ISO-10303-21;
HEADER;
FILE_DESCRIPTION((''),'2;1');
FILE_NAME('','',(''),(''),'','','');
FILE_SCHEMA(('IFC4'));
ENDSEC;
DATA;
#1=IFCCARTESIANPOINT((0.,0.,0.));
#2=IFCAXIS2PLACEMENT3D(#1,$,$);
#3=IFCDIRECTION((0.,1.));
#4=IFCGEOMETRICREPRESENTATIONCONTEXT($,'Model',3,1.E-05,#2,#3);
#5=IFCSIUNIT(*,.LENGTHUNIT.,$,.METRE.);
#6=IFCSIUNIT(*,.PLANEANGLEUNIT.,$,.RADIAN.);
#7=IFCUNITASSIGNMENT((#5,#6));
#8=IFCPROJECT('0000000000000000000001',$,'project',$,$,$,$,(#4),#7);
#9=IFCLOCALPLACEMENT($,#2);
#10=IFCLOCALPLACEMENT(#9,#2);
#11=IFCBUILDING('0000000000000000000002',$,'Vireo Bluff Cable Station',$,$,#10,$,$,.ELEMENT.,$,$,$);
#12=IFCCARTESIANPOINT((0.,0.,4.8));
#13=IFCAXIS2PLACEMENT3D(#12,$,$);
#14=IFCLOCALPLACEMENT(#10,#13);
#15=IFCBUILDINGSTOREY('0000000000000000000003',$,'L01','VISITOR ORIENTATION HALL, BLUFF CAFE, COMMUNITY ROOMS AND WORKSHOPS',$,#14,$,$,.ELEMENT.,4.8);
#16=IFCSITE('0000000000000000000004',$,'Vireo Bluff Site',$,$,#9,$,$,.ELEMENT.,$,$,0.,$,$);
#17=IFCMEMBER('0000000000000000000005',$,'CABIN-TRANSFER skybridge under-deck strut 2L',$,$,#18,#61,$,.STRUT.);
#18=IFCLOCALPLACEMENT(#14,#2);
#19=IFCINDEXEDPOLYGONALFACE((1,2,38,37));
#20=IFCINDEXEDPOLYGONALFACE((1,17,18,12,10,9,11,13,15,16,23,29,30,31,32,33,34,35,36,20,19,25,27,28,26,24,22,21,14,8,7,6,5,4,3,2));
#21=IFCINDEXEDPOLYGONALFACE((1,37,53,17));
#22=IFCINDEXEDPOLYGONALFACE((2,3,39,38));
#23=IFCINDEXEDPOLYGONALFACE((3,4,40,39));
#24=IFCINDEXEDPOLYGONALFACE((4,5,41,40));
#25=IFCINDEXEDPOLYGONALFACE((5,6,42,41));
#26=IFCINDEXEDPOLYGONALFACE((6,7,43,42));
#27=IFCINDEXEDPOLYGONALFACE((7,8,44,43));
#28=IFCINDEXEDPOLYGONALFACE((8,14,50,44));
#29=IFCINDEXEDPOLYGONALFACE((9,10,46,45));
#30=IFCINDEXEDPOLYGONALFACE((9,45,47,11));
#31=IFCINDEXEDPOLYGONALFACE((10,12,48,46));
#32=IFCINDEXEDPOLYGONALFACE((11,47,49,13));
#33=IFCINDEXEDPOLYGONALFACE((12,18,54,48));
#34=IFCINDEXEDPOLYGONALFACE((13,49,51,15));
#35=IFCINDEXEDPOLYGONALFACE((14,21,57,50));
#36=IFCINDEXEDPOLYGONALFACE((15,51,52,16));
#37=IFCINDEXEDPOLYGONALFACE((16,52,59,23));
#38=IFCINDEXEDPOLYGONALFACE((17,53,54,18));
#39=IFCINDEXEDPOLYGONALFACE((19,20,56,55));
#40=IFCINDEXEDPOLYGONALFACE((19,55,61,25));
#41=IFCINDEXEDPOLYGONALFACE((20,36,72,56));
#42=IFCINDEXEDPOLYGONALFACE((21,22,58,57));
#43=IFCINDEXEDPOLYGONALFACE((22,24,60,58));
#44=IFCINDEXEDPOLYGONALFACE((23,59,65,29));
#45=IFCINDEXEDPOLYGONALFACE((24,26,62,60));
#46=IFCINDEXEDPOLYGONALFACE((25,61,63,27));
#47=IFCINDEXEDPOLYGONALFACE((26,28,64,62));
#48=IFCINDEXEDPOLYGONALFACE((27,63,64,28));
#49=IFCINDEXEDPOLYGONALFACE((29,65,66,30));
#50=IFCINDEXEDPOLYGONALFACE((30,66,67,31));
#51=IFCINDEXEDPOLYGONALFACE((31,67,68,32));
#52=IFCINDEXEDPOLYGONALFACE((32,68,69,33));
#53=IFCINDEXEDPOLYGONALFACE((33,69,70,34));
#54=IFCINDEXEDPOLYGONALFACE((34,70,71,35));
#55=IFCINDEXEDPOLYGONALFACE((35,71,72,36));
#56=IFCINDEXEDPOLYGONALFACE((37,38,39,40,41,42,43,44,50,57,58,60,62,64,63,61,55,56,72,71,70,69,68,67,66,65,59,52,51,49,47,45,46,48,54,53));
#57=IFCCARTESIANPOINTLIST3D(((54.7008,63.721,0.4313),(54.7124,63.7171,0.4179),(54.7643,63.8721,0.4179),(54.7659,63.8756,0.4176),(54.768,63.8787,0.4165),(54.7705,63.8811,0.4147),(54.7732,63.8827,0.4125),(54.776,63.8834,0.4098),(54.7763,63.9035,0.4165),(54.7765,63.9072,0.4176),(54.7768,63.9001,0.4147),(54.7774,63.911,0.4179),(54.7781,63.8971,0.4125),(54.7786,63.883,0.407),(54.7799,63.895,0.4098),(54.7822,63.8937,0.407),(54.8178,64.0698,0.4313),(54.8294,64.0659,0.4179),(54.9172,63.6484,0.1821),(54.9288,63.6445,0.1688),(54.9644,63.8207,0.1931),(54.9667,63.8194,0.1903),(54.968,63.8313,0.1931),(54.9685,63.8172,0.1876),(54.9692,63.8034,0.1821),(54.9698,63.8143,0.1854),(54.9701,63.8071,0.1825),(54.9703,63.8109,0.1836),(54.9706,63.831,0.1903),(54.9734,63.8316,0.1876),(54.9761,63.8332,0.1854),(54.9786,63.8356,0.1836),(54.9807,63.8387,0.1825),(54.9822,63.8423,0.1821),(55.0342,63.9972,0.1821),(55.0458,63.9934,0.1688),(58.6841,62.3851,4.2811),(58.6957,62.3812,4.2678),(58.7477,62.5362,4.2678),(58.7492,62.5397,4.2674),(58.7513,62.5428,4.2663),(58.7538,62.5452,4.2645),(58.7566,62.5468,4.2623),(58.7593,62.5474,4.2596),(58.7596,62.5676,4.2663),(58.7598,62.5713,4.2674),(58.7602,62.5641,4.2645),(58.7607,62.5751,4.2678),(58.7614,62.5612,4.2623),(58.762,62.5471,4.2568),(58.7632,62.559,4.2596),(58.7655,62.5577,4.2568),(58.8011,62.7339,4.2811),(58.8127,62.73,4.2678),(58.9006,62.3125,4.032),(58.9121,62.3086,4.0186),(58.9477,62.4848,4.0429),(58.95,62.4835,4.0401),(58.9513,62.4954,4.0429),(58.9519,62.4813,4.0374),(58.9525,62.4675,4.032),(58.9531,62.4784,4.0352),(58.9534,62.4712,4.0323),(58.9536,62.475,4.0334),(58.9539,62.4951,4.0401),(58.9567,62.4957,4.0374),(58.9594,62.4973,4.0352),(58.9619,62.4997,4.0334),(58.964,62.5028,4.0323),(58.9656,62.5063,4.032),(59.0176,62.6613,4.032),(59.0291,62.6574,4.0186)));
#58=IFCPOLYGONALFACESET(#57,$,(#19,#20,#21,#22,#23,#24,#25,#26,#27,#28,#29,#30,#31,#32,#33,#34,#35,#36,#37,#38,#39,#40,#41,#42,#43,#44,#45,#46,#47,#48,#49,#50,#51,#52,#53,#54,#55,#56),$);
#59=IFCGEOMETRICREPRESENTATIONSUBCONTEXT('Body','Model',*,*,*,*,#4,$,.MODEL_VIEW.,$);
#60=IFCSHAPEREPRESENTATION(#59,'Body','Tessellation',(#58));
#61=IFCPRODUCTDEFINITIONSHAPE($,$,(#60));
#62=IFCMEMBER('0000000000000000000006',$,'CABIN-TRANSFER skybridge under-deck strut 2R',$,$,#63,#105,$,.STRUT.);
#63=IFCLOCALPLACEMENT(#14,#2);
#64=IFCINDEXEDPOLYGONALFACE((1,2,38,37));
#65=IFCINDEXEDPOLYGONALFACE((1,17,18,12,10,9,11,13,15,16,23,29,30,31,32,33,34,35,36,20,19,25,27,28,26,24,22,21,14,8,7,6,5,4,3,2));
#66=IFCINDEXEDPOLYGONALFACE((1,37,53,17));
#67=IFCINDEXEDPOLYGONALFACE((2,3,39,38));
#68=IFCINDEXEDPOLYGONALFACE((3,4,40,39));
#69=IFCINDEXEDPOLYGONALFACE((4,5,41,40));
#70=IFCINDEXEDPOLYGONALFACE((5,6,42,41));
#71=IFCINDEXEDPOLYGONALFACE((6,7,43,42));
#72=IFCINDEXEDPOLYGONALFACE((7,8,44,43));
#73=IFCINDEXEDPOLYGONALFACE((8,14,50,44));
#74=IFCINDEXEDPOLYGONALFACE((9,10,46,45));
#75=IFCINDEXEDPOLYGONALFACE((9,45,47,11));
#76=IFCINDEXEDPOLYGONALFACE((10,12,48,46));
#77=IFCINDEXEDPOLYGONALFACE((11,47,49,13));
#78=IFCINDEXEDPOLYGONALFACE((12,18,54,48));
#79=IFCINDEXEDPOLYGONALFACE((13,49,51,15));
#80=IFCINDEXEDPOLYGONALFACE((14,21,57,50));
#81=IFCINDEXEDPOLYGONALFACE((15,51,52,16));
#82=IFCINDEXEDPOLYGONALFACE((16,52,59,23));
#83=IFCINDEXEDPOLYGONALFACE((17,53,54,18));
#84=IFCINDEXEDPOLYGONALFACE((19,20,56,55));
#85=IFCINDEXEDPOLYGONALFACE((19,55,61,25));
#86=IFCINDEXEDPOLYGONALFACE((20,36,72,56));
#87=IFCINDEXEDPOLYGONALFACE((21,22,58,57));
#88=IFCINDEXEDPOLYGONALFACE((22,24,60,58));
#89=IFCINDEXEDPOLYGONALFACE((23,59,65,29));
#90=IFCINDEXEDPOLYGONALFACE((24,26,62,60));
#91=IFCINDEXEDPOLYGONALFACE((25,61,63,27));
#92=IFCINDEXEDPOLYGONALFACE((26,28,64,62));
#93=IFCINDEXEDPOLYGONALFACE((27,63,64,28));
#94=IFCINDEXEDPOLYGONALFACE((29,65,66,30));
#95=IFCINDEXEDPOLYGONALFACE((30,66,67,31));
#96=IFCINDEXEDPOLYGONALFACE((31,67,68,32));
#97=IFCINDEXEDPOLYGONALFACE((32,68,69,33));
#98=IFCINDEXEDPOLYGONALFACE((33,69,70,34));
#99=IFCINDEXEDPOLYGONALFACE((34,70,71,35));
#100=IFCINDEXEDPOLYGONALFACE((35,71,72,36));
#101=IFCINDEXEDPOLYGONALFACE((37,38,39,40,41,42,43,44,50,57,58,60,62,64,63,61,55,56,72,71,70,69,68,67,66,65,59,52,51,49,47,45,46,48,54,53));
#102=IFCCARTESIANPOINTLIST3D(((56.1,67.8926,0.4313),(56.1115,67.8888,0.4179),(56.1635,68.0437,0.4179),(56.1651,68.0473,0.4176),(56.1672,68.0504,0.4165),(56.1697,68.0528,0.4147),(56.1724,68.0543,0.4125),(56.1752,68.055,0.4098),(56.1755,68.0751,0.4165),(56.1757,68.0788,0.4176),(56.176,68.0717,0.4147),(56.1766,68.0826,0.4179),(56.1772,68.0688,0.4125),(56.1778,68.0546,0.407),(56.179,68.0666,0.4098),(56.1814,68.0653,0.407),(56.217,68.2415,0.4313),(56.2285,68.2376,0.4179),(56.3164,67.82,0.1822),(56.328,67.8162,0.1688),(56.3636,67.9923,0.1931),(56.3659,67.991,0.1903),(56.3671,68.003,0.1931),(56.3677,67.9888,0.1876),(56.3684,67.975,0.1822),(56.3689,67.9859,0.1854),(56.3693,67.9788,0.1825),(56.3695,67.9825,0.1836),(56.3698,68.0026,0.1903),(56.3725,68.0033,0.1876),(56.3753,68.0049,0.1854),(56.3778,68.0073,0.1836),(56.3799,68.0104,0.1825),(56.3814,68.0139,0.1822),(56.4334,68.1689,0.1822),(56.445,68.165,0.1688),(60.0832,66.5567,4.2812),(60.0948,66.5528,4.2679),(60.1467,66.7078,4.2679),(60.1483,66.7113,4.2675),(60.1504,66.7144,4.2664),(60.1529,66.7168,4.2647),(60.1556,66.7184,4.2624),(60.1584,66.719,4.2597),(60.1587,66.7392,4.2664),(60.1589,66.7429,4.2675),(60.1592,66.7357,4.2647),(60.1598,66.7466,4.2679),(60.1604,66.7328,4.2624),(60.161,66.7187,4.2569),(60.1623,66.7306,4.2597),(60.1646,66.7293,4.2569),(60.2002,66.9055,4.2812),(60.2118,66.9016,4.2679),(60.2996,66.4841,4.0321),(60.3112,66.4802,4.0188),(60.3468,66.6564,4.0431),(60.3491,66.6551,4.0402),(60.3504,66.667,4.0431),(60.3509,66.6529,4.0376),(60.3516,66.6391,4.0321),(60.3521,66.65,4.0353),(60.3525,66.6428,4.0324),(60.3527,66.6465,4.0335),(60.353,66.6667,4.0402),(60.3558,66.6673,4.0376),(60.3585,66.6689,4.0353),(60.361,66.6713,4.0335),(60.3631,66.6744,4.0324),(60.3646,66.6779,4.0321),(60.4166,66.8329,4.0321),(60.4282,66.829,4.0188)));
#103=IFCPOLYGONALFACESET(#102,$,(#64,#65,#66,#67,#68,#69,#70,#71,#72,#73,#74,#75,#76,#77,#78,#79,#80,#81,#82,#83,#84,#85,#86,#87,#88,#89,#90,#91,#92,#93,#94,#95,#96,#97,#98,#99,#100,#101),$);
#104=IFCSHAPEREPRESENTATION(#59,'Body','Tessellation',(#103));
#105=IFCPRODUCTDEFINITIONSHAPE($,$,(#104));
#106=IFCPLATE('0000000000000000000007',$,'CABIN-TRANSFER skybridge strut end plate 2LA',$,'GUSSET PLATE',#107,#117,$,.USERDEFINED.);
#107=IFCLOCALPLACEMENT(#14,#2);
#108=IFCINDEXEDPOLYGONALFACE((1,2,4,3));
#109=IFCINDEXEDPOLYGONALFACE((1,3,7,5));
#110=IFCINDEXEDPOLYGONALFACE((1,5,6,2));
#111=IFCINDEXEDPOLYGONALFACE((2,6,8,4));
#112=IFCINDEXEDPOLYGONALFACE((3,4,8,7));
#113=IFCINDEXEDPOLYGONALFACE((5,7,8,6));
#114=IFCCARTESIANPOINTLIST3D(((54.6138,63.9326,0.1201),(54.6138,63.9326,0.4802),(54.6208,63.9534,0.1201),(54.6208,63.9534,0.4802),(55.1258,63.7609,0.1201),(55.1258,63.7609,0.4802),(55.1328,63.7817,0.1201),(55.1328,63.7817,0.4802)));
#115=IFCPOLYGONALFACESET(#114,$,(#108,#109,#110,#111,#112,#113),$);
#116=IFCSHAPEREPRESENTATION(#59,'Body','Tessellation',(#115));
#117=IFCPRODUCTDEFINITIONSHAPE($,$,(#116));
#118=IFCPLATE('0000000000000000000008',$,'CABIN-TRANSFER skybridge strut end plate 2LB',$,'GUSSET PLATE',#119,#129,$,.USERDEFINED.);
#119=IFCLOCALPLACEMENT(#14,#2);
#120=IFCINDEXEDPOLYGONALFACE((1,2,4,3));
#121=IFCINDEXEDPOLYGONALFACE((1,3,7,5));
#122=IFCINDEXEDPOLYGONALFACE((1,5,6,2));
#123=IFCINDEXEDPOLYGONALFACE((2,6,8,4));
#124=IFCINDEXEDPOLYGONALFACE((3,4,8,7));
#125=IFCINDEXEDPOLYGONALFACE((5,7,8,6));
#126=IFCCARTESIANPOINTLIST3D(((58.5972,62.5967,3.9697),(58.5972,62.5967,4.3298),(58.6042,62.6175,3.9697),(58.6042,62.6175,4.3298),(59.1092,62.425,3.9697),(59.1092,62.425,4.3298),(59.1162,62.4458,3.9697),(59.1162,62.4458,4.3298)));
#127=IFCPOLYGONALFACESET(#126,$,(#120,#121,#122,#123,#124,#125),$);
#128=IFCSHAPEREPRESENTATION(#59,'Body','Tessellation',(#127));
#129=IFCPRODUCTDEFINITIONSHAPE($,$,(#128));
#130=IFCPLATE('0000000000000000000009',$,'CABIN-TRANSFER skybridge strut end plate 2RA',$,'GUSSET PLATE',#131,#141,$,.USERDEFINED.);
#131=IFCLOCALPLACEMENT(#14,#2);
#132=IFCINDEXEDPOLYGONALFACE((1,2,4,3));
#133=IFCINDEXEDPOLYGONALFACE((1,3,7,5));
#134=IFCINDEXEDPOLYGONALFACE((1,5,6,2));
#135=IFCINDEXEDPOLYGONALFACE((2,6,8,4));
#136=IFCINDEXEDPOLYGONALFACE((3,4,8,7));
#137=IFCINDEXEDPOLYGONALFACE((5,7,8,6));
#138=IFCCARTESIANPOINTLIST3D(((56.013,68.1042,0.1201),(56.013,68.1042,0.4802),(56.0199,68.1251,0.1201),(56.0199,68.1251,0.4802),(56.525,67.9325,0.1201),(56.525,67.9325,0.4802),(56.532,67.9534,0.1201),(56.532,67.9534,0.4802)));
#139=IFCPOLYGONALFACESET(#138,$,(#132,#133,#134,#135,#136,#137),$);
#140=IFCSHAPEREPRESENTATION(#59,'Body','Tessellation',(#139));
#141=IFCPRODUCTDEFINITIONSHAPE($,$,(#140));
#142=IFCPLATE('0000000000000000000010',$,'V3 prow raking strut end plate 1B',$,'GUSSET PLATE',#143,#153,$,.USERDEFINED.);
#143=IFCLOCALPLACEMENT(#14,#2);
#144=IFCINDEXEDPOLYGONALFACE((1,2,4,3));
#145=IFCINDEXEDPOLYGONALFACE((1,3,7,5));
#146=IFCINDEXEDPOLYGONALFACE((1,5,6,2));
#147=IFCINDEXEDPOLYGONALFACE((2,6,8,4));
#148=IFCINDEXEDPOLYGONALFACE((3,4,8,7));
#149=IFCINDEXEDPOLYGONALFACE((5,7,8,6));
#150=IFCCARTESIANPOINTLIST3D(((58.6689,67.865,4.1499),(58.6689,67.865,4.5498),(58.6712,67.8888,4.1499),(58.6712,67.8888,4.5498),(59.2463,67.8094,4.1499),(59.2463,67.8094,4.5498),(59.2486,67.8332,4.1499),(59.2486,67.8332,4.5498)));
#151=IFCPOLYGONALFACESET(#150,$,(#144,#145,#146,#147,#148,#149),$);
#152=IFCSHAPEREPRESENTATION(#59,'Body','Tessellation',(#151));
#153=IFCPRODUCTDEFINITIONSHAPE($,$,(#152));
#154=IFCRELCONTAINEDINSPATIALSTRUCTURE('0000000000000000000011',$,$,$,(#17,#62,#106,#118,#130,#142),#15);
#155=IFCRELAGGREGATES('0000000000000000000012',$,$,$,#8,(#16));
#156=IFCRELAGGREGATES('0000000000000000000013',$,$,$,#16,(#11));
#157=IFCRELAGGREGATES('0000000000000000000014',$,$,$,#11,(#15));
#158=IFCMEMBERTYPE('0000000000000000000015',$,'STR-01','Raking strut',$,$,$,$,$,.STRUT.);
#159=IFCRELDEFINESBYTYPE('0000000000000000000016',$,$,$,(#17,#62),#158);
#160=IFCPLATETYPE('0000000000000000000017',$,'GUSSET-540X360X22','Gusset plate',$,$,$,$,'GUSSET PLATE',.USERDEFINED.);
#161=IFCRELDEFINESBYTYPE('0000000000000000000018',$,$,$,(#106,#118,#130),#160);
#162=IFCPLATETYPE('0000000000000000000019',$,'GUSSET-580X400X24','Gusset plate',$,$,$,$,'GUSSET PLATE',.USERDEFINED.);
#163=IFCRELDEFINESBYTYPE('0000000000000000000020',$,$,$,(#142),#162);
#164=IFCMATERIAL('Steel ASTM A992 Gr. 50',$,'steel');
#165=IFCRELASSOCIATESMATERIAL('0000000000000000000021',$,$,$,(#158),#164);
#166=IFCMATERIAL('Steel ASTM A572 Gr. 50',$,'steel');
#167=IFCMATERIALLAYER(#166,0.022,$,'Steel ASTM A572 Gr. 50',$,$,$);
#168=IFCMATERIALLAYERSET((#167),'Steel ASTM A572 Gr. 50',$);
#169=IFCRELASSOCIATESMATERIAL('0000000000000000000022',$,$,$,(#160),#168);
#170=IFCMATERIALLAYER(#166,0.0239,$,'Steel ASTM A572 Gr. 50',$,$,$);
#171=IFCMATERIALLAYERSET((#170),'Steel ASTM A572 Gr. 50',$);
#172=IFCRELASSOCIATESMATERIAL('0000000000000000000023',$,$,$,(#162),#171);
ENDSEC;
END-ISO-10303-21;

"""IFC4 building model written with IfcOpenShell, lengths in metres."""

from ifc_helpers import new_model, si_unit, direction, frame, origin, origin_2d, place, context, subcontext, project, spatial, rectangle, i_section, extrude, material, layer, layer_set, material_profile, profile_set, type_object, element, save


model = new_model("IFC4")

# Units and contexts
model_context = context("Model", 3, precision=1e-05, world=origin(), true_north=direction((0.0, 1.0)))
body_context = subcontext(model_context, "Body", "Model", "MODEL_VIEW")
ifc_project = project(units=[si_unit("LENGTHUNIT", "METRE"), si_unit("PLANEANGLEUNIT", "RADIAN")], contexts=[model_context])

# Site, building, storey
site_placement = place(None, origin())
site = spatial("IfcSite", under=ifc_project, at=site_placement, Name="Vireo Bluff Site", CompositionType="ELEMENT", RefElevation=0.0)
building_placement = place(site_placement, origin())
building = spatial("IfcBuilding", under=site, at=building_placement, Name="Vireo Bluff Cable Station", CompositionType="ELEMENT")
storey_placement = place(building_placement, frame((0.0, 0.0, 4.8)))
storey = spatial("IfcBuildingStorey", under=building, at=storey_placement, Name="L01", Description="VISITOR ORIENTATION HALL, BLUFF CAFE, COMMUNITY ROOMS AND WORKSHOPS", CompositionType="ELEMENT", Elevation=4.8)

# Shared definitions
ifc_material_1 = material(Name="Steel ASTM A992 Gr. 50", Category="steel")

# Members
ifc_material_profile_1 = material_profile(ifc_material_1, i_section(OverallWidth=0.3679, OverallDepth=0.356, WebThickness=0.0112, FlangeThickness=0.0181, FilletRadius=0.0149, at=origin_2d()), Name="W14X90")
ifc_profile_set_1 = profile_set([ifc_material_profile_1], Name="Steel ASTM A992 Gr. 50")
member_type_1 = type_object("IfcMemberType", Name="STR-01", Description="Raking strut", PredefinedType="STRUT", material=ifc_profile_set_1)
for number, where, z_axis, x_axis, name in (
    (1, (54.8733, 63.8572, 0.3), (0.699019, -0.234434, 0.675584), (0.31797, 0.948101, 0.0), "CABIN-TRANSFER skybridge under-deck strut 2L"),
    (2, (56.2725, 68.0288, 0.3), (0.698997, -0.234441, 0.675604), (0.317988, 0.948095, 0.0), "CABIN-TRANSFER skybridge under-deck strut 2R"),
):
    element("IfcMember", number, at=place(storey_placement, frame(where, z_axis=z_axis, x_axis=x_axis)), inside=storey, type_object=member_type_1, Name=name, PredefinedType="STRUT", context=body_context, shape_type="SweptSolid", body=[
        extrude(i_section(OverallWidth=0.3679, OverallDepth=0.356, WebThickness=0.0112, FlangeThickness=0.0181, FilletRadius=0.0149, at=origin_2d()), origin(), (0.0, 0.0, 1.0), 5.6985),
    ])

# Plates
ifc_material_2 = material(Name="Steel ASTM A572 Gr. 50", Category="steel")
ifc_layer_1 = layer(ifc_material_2, 0.022, Name="Steel ASTM A572 Gr. 50")
ifc_layer_set_1 = layer_set([ifc_layer_1], Name="Steel ASTM A572 Gr. 50")
plate_type_1 = type_object("IfcPlateType", Name="GUSSET-540X360X22", Description="Gusset plate", ElementType="GUSSET PLATE", PredefinedType="USERDEFINED", material=ifc_layer_set_1)
for number, where, z_axis, x_axis, name in (
    (3, (54.8733, 63.8572, 0.1201), (0.0, 0.0, 1.0), (0.948105, -0.317958, 0.0), "CABIN-TRANSFER skybridge strut end plate 2LA"),
    (4, (58.8567, 62.5212, 3.9697), (0.0, 0.0, 1.0), (0.948105, -0.317958, 0.0), "CABIN-TRANSFER skybridge strut end plate 2LB"),
    (5, (56.2725, 68.0288, 0.1201), (0.0, 0.0, 1.0), (0.948105, -0.317958, 0.0), "CABIN-TRANSFER skybridge strut end plate 2RA"),
):
    element("IfcPlate", number, at=place(storey_placement, frame(where, z_axis=z_axis, x_axis=x_axis)), inside=storey, type_object=plate_type_1, Name=name, ObjectType="GUSSET PLATE", PredefinedType="USERDEFINED", context=body_context, shape_type="SweptSolid", body=[
        extrude(rectangle(XDim=0.54, YDim=0.022, at=origin_2d()), origin(), (0.0, 0.0, 1.0), 0.3601),
    ])
ifc_layer_2 = layer(ifc_material_2, 0.0239, Name="Steel ASTM A572 Gr. 50")
ifc_layer_set_2 = layer_set([ifc_layer_2], Name="Steel ASTM A572 Gr. 50")
plate_type_2 = type_object("IfcPlateType", Name="GUSSET-580X400X24", Description="Gusset plate", ElementType="GUSSET PLATE", PredefinedType="USERDEFINED", material=ifc_layer_set_2)
plate_placement = place(storey_placement, frame((58.9587, 67.8491, 4.1499), z_axis=(0.0, 0.0, 1.0), x_axis=(0.995396, -0.095846, 0.0)))
element("IfcPlate", 6, at=plate_placement, inside=storey, type_object=plate_type_2, Name="V3 prow raking strut end plate 1B", ObjectType="GUSSET PLATE", PredefinedType="USERDEFINED", context=body_context, shape_type="SweptSolid", body=[
    extrude(rectangle(XDim=0.5801, YDim=0.0239, at=origin_2d()), origin(), (0.0, 0.0, 1.0), 0.3999),
])

save(model, "model.ifc")
